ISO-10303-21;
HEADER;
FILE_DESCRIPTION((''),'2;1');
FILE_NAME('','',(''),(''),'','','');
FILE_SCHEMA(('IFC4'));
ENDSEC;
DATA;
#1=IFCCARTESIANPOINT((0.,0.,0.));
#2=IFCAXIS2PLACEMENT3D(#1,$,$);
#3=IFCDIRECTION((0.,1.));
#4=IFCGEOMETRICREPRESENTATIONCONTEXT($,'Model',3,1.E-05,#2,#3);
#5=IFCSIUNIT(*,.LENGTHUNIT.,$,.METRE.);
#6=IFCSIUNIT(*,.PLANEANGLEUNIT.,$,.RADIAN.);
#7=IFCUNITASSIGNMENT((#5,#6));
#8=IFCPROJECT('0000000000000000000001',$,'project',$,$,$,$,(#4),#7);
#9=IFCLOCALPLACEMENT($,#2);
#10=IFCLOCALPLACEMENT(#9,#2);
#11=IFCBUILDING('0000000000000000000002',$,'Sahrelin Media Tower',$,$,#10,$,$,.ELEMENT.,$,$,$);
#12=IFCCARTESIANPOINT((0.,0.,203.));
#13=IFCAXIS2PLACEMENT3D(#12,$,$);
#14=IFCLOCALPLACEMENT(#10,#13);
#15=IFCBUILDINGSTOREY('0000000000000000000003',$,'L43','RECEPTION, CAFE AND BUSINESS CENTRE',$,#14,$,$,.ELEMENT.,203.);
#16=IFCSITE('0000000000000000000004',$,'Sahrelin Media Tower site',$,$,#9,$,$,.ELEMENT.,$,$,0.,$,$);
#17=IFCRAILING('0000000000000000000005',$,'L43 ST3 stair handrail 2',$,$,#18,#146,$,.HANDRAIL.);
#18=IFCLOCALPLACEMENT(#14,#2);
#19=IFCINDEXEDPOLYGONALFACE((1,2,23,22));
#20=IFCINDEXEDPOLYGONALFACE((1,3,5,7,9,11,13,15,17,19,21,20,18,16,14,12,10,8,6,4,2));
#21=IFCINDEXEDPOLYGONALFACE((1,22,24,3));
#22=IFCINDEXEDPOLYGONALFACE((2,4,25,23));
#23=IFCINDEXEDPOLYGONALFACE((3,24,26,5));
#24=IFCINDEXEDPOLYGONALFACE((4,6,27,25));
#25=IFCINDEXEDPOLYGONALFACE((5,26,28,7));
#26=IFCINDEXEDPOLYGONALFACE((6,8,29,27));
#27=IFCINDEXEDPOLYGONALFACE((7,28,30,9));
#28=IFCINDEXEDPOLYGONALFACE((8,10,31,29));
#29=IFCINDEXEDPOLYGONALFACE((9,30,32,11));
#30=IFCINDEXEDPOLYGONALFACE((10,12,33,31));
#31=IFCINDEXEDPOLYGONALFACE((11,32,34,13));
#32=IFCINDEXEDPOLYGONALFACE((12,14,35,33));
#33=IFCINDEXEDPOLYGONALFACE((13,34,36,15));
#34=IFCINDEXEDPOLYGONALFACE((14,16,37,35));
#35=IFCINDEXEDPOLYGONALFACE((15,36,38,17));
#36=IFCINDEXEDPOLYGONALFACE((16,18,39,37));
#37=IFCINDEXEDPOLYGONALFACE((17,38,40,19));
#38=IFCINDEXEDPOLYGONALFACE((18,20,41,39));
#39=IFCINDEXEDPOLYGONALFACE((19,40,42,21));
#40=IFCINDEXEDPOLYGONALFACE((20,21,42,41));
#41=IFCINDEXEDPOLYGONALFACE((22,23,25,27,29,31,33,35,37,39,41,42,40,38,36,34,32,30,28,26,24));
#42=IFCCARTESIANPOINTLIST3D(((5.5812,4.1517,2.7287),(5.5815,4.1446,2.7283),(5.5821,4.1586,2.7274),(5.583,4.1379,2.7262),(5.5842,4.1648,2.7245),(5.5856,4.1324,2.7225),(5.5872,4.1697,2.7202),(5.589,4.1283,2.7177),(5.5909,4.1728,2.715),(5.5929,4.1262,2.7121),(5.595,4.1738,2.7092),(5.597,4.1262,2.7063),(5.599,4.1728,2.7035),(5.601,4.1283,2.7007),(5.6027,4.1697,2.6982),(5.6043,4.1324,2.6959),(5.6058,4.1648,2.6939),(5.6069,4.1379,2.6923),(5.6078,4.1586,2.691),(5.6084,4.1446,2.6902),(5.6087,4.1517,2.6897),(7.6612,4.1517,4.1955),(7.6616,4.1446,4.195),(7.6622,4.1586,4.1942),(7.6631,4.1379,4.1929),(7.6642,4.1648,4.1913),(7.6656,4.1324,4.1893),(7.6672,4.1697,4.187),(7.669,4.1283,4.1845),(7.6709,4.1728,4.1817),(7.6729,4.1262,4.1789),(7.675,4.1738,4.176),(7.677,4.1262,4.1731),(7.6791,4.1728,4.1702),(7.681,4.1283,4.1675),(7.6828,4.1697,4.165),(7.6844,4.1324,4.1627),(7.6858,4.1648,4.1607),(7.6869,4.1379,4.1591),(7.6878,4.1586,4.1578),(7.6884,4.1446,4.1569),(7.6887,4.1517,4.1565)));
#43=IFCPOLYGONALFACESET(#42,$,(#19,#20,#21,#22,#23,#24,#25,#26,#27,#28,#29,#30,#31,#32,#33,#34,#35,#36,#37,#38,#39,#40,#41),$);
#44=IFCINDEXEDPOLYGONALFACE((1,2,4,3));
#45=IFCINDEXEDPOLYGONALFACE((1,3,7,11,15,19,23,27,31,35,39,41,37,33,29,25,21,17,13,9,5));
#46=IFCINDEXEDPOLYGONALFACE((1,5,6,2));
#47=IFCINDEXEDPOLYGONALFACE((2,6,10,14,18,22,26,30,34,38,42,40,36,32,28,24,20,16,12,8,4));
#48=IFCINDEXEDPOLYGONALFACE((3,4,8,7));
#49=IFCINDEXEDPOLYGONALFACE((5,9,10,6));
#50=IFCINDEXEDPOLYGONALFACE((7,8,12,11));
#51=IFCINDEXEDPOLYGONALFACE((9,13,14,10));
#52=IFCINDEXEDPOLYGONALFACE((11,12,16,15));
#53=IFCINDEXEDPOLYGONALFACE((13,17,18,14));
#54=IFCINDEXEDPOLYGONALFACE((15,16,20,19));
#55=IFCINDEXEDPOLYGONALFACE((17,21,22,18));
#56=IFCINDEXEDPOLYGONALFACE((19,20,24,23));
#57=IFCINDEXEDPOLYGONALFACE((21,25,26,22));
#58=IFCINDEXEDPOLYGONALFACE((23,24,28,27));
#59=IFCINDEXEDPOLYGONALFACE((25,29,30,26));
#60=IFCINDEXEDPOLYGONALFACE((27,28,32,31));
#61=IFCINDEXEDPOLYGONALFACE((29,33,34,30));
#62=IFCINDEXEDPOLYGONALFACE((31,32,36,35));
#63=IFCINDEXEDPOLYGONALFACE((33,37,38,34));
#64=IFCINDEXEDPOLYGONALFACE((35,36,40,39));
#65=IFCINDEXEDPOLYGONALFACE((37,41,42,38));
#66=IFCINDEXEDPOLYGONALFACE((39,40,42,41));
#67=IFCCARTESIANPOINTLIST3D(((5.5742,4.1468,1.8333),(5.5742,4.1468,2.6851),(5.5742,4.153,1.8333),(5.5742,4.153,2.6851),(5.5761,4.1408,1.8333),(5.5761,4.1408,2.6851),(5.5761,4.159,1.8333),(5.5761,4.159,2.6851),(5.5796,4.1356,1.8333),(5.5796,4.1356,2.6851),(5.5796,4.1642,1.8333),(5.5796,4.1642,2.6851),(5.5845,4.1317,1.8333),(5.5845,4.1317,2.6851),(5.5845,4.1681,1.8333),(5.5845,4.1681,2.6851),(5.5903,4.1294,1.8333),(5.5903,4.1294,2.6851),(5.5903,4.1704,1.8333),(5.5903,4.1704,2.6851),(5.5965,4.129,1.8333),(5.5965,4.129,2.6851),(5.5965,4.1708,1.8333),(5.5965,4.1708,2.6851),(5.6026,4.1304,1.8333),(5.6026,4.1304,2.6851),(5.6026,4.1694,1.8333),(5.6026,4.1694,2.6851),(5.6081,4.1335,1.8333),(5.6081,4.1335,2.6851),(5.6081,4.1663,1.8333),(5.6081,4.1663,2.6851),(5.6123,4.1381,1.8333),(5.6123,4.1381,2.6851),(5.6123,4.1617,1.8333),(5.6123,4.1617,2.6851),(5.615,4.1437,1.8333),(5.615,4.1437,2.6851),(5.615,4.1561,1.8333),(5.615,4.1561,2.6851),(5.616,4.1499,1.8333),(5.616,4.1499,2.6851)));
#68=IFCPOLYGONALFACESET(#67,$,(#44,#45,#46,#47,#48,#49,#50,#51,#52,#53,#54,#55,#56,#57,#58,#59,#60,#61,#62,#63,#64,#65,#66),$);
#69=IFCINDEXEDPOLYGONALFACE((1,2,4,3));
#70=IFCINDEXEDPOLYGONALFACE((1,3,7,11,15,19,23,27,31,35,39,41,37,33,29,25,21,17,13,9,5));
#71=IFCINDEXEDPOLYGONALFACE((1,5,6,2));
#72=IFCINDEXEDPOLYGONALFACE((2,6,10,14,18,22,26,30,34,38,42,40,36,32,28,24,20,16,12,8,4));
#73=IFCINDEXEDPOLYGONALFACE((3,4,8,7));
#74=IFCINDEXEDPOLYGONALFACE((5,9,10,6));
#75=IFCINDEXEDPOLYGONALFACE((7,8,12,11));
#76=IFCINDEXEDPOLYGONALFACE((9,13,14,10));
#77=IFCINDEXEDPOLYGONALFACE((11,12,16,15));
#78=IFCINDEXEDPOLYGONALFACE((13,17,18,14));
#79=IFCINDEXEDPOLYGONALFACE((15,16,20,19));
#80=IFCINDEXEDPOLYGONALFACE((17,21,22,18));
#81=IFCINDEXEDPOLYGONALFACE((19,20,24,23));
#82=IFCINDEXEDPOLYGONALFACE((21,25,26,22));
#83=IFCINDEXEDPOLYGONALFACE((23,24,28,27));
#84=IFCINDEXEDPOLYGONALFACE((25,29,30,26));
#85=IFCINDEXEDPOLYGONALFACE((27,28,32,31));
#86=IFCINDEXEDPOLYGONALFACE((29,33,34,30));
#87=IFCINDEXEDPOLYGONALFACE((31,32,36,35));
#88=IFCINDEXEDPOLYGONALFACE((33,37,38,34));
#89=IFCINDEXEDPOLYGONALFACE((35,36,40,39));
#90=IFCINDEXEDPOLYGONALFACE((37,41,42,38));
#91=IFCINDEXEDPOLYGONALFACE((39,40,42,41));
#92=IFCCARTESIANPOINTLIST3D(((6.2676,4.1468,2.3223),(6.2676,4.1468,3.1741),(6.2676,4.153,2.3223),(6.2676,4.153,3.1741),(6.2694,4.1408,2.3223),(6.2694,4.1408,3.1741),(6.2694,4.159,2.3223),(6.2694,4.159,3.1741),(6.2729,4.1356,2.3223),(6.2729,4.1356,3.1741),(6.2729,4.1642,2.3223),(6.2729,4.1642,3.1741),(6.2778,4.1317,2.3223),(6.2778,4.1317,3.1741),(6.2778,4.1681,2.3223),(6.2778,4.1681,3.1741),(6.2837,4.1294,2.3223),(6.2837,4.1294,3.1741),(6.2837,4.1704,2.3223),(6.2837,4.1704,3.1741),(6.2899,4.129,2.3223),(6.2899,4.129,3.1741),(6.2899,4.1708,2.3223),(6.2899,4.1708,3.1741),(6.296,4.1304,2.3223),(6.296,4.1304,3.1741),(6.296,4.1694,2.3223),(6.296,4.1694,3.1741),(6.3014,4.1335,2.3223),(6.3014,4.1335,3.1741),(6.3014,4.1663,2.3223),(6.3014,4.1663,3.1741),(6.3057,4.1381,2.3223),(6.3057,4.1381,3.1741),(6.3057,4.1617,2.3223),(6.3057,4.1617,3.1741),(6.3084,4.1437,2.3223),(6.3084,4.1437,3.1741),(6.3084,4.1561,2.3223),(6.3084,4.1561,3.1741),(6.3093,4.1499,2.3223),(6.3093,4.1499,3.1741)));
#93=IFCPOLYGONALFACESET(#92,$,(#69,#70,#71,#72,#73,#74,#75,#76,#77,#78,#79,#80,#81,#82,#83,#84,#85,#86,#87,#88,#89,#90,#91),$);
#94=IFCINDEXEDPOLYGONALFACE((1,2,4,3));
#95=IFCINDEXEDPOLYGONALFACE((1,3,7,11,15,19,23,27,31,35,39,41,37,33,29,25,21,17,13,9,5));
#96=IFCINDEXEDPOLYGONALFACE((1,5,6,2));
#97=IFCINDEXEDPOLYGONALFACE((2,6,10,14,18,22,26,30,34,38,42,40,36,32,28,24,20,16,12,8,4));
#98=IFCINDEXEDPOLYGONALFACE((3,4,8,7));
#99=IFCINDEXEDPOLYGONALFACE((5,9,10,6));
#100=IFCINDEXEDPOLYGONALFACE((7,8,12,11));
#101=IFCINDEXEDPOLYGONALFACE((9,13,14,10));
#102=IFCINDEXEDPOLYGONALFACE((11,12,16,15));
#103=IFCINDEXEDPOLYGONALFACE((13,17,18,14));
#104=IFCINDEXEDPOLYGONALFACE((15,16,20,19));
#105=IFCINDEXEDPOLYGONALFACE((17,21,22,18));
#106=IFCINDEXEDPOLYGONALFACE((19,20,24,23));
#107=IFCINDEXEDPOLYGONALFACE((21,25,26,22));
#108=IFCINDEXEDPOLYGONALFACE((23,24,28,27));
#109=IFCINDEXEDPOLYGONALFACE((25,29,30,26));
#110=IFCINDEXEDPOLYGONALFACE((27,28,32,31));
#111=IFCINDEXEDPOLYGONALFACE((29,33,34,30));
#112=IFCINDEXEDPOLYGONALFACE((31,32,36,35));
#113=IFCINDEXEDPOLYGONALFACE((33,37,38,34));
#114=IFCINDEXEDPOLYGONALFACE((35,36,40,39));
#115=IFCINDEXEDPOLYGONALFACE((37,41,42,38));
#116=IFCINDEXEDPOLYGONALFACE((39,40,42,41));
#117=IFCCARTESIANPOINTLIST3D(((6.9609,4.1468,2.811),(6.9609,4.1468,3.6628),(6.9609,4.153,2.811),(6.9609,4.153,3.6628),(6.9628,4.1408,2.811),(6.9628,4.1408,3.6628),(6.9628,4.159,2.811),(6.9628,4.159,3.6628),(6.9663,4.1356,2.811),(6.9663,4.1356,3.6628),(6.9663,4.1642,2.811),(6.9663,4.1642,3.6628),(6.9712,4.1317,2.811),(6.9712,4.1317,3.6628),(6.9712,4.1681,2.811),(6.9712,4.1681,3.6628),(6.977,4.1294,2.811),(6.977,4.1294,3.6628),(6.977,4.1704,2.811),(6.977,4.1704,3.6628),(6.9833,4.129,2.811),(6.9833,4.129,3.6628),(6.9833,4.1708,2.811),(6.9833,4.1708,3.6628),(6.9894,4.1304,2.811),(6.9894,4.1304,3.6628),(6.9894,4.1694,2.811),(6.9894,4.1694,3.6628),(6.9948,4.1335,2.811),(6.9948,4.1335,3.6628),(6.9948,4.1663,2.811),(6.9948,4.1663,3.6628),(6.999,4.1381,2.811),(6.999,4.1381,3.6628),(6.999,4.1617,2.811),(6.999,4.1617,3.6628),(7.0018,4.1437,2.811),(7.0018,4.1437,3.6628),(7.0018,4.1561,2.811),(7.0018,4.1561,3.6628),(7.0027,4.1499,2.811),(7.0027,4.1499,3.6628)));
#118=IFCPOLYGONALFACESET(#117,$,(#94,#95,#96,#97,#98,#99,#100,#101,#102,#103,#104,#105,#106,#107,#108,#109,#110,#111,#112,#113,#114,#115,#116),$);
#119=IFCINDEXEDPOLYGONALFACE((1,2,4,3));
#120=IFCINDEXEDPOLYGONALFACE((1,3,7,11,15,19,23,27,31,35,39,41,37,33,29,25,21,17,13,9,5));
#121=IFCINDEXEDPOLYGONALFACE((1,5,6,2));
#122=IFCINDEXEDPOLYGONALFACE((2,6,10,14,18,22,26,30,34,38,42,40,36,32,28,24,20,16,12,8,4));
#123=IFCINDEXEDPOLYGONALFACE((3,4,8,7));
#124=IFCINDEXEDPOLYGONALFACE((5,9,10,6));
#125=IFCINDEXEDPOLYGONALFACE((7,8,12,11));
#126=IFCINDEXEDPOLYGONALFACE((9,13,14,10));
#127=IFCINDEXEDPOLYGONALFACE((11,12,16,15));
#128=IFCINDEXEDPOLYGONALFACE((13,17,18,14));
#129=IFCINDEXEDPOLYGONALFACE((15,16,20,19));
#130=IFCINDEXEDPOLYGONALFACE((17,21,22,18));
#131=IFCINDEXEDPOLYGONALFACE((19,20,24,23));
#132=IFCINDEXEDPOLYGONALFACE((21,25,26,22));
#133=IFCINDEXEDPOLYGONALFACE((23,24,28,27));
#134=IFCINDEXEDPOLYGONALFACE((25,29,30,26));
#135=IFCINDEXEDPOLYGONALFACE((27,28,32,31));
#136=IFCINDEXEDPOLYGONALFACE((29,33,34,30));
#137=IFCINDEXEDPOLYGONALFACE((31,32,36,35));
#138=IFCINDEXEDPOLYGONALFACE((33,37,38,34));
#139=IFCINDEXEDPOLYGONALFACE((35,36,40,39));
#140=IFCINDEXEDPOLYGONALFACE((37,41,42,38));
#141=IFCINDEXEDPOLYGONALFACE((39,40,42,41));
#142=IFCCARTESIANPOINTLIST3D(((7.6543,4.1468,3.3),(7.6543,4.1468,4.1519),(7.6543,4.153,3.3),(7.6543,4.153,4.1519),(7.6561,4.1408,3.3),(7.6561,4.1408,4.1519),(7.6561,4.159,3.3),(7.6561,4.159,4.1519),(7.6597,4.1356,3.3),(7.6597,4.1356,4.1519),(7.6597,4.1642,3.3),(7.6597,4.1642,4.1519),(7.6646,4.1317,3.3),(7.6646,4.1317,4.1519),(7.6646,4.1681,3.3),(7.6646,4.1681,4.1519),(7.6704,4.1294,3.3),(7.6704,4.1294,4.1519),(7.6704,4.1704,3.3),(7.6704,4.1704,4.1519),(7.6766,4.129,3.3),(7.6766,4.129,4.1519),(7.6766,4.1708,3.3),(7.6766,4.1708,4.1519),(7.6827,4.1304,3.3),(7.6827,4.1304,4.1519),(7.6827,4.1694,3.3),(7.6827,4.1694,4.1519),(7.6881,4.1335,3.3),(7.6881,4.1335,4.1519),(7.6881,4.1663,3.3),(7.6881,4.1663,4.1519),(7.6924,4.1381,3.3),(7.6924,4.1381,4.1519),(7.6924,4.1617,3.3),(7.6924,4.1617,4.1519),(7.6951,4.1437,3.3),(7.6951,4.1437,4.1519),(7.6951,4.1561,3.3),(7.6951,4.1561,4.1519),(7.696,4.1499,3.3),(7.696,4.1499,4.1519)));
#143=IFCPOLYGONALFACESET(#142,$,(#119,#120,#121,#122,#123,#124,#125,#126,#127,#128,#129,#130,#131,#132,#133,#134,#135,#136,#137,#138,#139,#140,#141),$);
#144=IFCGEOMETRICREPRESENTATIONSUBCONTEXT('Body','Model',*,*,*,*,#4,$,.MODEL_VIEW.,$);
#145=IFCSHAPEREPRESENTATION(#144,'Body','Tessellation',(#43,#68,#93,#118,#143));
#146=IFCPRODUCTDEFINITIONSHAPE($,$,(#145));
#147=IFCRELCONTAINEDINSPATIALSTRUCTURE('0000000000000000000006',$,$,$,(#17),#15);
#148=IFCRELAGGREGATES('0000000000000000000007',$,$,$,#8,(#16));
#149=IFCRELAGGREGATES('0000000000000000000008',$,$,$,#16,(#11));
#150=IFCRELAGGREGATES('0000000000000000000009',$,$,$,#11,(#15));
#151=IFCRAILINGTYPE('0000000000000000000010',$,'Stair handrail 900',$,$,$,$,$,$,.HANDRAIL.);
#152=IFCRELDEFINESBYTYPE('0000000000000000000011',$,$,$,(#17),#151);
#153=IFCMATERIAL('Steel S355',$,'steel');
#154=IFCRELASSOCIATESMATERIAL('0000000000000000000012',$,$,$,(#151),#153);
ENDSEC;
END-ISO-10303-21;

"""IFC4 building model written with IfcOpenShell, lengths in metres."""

from ifc_helpers import new_model, si_unit, direction, frame, origin, origin_2d, place, context, subcontext, project, spatial, circle, extrude, material, type_object, element, save


model = new_model("IFC4")

# Units and contexts
model_context = context("Model", 3, precision=1e-05, world=origin(), true_north=direction((0.0, 1.0)))
body_context = subcontext(model_context, "Body", "Model", "MODEL_VIEW")
ifc_project = project(units=[si_unit("LENGTHUNIT", "METRE"), si_unit("PLANEANGLEUNIT", "RADIAN")], contexts=[model_context])

# Site, building, storey
site_placement = place(None, origin())
site = spatial("IfcSite", under=ifc_project, at=site_placement, Name="Sahrelin Media Tower site", CompositionType="ELEMENT", RefElevation=0.0)
building_placement = place(site_placement, origin())
building = spatial("IfcBuilding", under=site, at=building_placement, Name="Sahrelin Media Tower", CompositionType="ELEMENT")
storey_placement = place(building_placement, frame((0.0, 0.0, 203.0)))
storey = spatial("IfcBuildingStorey", under=building, at=storey_placement, Name="L43", Description="RECEPTION, CAFE AND BUSINESS CENTRE", CompositionType="ELEMENT", Elevation=203.0)

# Railing
ifc_material_1 = material(Name="Steel S355", Category="steel")
railing_type_1 = type_object("IfcRailingType", Name="Stair handrail 900", PredefinedType="HANDRAIL", material=ifc_material_1)
for number, where, name in (
    (1, (5.595, 4.1499, 1.8333), "L43 ST3 stair handrail 2"),
):
    element("IfcRailing", number, at=place(storey_placement, frame(where)), inside=storey, type_object=railing_type_1, Name=name, PredefinedType="HANDRAIL", context=body_context, shape_type="SweptSolid", body=[
        extrude(circle(Radius=0.0239, at=origin_2d()), frame((0.0, 0.0, 0.876), z_axis=(0.817244, 0.0, 0.576291), x_axis=(0.0, 1.0, 0.0)), (0.0, 0.0, 1.0), 2.5452),
        extrude(circle(Radius=0.021, at=origin_2d()), origin(), (0.0, 0.0, 1.0), 0.8518),
        extrude(circle(Radius=0.021, at=origin_2d()), frame((0.6934, 0.0, 0.489)), (0.0, 0.0, 1.0), 0.8518),
        extrude(circle(Radius=0.021, at=origin_2d()), frame((1.3867, 0.0, 0.9778)), (0.0, 0.0, 1.0), 0.8518),
        extrude(circle(Radius=0.021, at=origin_2d()), frame((2.0801, 0.0, 1.4668)), (0.0, 0.0, 1.0), 0.8518),
    ])

save(model, "model.ifc")
